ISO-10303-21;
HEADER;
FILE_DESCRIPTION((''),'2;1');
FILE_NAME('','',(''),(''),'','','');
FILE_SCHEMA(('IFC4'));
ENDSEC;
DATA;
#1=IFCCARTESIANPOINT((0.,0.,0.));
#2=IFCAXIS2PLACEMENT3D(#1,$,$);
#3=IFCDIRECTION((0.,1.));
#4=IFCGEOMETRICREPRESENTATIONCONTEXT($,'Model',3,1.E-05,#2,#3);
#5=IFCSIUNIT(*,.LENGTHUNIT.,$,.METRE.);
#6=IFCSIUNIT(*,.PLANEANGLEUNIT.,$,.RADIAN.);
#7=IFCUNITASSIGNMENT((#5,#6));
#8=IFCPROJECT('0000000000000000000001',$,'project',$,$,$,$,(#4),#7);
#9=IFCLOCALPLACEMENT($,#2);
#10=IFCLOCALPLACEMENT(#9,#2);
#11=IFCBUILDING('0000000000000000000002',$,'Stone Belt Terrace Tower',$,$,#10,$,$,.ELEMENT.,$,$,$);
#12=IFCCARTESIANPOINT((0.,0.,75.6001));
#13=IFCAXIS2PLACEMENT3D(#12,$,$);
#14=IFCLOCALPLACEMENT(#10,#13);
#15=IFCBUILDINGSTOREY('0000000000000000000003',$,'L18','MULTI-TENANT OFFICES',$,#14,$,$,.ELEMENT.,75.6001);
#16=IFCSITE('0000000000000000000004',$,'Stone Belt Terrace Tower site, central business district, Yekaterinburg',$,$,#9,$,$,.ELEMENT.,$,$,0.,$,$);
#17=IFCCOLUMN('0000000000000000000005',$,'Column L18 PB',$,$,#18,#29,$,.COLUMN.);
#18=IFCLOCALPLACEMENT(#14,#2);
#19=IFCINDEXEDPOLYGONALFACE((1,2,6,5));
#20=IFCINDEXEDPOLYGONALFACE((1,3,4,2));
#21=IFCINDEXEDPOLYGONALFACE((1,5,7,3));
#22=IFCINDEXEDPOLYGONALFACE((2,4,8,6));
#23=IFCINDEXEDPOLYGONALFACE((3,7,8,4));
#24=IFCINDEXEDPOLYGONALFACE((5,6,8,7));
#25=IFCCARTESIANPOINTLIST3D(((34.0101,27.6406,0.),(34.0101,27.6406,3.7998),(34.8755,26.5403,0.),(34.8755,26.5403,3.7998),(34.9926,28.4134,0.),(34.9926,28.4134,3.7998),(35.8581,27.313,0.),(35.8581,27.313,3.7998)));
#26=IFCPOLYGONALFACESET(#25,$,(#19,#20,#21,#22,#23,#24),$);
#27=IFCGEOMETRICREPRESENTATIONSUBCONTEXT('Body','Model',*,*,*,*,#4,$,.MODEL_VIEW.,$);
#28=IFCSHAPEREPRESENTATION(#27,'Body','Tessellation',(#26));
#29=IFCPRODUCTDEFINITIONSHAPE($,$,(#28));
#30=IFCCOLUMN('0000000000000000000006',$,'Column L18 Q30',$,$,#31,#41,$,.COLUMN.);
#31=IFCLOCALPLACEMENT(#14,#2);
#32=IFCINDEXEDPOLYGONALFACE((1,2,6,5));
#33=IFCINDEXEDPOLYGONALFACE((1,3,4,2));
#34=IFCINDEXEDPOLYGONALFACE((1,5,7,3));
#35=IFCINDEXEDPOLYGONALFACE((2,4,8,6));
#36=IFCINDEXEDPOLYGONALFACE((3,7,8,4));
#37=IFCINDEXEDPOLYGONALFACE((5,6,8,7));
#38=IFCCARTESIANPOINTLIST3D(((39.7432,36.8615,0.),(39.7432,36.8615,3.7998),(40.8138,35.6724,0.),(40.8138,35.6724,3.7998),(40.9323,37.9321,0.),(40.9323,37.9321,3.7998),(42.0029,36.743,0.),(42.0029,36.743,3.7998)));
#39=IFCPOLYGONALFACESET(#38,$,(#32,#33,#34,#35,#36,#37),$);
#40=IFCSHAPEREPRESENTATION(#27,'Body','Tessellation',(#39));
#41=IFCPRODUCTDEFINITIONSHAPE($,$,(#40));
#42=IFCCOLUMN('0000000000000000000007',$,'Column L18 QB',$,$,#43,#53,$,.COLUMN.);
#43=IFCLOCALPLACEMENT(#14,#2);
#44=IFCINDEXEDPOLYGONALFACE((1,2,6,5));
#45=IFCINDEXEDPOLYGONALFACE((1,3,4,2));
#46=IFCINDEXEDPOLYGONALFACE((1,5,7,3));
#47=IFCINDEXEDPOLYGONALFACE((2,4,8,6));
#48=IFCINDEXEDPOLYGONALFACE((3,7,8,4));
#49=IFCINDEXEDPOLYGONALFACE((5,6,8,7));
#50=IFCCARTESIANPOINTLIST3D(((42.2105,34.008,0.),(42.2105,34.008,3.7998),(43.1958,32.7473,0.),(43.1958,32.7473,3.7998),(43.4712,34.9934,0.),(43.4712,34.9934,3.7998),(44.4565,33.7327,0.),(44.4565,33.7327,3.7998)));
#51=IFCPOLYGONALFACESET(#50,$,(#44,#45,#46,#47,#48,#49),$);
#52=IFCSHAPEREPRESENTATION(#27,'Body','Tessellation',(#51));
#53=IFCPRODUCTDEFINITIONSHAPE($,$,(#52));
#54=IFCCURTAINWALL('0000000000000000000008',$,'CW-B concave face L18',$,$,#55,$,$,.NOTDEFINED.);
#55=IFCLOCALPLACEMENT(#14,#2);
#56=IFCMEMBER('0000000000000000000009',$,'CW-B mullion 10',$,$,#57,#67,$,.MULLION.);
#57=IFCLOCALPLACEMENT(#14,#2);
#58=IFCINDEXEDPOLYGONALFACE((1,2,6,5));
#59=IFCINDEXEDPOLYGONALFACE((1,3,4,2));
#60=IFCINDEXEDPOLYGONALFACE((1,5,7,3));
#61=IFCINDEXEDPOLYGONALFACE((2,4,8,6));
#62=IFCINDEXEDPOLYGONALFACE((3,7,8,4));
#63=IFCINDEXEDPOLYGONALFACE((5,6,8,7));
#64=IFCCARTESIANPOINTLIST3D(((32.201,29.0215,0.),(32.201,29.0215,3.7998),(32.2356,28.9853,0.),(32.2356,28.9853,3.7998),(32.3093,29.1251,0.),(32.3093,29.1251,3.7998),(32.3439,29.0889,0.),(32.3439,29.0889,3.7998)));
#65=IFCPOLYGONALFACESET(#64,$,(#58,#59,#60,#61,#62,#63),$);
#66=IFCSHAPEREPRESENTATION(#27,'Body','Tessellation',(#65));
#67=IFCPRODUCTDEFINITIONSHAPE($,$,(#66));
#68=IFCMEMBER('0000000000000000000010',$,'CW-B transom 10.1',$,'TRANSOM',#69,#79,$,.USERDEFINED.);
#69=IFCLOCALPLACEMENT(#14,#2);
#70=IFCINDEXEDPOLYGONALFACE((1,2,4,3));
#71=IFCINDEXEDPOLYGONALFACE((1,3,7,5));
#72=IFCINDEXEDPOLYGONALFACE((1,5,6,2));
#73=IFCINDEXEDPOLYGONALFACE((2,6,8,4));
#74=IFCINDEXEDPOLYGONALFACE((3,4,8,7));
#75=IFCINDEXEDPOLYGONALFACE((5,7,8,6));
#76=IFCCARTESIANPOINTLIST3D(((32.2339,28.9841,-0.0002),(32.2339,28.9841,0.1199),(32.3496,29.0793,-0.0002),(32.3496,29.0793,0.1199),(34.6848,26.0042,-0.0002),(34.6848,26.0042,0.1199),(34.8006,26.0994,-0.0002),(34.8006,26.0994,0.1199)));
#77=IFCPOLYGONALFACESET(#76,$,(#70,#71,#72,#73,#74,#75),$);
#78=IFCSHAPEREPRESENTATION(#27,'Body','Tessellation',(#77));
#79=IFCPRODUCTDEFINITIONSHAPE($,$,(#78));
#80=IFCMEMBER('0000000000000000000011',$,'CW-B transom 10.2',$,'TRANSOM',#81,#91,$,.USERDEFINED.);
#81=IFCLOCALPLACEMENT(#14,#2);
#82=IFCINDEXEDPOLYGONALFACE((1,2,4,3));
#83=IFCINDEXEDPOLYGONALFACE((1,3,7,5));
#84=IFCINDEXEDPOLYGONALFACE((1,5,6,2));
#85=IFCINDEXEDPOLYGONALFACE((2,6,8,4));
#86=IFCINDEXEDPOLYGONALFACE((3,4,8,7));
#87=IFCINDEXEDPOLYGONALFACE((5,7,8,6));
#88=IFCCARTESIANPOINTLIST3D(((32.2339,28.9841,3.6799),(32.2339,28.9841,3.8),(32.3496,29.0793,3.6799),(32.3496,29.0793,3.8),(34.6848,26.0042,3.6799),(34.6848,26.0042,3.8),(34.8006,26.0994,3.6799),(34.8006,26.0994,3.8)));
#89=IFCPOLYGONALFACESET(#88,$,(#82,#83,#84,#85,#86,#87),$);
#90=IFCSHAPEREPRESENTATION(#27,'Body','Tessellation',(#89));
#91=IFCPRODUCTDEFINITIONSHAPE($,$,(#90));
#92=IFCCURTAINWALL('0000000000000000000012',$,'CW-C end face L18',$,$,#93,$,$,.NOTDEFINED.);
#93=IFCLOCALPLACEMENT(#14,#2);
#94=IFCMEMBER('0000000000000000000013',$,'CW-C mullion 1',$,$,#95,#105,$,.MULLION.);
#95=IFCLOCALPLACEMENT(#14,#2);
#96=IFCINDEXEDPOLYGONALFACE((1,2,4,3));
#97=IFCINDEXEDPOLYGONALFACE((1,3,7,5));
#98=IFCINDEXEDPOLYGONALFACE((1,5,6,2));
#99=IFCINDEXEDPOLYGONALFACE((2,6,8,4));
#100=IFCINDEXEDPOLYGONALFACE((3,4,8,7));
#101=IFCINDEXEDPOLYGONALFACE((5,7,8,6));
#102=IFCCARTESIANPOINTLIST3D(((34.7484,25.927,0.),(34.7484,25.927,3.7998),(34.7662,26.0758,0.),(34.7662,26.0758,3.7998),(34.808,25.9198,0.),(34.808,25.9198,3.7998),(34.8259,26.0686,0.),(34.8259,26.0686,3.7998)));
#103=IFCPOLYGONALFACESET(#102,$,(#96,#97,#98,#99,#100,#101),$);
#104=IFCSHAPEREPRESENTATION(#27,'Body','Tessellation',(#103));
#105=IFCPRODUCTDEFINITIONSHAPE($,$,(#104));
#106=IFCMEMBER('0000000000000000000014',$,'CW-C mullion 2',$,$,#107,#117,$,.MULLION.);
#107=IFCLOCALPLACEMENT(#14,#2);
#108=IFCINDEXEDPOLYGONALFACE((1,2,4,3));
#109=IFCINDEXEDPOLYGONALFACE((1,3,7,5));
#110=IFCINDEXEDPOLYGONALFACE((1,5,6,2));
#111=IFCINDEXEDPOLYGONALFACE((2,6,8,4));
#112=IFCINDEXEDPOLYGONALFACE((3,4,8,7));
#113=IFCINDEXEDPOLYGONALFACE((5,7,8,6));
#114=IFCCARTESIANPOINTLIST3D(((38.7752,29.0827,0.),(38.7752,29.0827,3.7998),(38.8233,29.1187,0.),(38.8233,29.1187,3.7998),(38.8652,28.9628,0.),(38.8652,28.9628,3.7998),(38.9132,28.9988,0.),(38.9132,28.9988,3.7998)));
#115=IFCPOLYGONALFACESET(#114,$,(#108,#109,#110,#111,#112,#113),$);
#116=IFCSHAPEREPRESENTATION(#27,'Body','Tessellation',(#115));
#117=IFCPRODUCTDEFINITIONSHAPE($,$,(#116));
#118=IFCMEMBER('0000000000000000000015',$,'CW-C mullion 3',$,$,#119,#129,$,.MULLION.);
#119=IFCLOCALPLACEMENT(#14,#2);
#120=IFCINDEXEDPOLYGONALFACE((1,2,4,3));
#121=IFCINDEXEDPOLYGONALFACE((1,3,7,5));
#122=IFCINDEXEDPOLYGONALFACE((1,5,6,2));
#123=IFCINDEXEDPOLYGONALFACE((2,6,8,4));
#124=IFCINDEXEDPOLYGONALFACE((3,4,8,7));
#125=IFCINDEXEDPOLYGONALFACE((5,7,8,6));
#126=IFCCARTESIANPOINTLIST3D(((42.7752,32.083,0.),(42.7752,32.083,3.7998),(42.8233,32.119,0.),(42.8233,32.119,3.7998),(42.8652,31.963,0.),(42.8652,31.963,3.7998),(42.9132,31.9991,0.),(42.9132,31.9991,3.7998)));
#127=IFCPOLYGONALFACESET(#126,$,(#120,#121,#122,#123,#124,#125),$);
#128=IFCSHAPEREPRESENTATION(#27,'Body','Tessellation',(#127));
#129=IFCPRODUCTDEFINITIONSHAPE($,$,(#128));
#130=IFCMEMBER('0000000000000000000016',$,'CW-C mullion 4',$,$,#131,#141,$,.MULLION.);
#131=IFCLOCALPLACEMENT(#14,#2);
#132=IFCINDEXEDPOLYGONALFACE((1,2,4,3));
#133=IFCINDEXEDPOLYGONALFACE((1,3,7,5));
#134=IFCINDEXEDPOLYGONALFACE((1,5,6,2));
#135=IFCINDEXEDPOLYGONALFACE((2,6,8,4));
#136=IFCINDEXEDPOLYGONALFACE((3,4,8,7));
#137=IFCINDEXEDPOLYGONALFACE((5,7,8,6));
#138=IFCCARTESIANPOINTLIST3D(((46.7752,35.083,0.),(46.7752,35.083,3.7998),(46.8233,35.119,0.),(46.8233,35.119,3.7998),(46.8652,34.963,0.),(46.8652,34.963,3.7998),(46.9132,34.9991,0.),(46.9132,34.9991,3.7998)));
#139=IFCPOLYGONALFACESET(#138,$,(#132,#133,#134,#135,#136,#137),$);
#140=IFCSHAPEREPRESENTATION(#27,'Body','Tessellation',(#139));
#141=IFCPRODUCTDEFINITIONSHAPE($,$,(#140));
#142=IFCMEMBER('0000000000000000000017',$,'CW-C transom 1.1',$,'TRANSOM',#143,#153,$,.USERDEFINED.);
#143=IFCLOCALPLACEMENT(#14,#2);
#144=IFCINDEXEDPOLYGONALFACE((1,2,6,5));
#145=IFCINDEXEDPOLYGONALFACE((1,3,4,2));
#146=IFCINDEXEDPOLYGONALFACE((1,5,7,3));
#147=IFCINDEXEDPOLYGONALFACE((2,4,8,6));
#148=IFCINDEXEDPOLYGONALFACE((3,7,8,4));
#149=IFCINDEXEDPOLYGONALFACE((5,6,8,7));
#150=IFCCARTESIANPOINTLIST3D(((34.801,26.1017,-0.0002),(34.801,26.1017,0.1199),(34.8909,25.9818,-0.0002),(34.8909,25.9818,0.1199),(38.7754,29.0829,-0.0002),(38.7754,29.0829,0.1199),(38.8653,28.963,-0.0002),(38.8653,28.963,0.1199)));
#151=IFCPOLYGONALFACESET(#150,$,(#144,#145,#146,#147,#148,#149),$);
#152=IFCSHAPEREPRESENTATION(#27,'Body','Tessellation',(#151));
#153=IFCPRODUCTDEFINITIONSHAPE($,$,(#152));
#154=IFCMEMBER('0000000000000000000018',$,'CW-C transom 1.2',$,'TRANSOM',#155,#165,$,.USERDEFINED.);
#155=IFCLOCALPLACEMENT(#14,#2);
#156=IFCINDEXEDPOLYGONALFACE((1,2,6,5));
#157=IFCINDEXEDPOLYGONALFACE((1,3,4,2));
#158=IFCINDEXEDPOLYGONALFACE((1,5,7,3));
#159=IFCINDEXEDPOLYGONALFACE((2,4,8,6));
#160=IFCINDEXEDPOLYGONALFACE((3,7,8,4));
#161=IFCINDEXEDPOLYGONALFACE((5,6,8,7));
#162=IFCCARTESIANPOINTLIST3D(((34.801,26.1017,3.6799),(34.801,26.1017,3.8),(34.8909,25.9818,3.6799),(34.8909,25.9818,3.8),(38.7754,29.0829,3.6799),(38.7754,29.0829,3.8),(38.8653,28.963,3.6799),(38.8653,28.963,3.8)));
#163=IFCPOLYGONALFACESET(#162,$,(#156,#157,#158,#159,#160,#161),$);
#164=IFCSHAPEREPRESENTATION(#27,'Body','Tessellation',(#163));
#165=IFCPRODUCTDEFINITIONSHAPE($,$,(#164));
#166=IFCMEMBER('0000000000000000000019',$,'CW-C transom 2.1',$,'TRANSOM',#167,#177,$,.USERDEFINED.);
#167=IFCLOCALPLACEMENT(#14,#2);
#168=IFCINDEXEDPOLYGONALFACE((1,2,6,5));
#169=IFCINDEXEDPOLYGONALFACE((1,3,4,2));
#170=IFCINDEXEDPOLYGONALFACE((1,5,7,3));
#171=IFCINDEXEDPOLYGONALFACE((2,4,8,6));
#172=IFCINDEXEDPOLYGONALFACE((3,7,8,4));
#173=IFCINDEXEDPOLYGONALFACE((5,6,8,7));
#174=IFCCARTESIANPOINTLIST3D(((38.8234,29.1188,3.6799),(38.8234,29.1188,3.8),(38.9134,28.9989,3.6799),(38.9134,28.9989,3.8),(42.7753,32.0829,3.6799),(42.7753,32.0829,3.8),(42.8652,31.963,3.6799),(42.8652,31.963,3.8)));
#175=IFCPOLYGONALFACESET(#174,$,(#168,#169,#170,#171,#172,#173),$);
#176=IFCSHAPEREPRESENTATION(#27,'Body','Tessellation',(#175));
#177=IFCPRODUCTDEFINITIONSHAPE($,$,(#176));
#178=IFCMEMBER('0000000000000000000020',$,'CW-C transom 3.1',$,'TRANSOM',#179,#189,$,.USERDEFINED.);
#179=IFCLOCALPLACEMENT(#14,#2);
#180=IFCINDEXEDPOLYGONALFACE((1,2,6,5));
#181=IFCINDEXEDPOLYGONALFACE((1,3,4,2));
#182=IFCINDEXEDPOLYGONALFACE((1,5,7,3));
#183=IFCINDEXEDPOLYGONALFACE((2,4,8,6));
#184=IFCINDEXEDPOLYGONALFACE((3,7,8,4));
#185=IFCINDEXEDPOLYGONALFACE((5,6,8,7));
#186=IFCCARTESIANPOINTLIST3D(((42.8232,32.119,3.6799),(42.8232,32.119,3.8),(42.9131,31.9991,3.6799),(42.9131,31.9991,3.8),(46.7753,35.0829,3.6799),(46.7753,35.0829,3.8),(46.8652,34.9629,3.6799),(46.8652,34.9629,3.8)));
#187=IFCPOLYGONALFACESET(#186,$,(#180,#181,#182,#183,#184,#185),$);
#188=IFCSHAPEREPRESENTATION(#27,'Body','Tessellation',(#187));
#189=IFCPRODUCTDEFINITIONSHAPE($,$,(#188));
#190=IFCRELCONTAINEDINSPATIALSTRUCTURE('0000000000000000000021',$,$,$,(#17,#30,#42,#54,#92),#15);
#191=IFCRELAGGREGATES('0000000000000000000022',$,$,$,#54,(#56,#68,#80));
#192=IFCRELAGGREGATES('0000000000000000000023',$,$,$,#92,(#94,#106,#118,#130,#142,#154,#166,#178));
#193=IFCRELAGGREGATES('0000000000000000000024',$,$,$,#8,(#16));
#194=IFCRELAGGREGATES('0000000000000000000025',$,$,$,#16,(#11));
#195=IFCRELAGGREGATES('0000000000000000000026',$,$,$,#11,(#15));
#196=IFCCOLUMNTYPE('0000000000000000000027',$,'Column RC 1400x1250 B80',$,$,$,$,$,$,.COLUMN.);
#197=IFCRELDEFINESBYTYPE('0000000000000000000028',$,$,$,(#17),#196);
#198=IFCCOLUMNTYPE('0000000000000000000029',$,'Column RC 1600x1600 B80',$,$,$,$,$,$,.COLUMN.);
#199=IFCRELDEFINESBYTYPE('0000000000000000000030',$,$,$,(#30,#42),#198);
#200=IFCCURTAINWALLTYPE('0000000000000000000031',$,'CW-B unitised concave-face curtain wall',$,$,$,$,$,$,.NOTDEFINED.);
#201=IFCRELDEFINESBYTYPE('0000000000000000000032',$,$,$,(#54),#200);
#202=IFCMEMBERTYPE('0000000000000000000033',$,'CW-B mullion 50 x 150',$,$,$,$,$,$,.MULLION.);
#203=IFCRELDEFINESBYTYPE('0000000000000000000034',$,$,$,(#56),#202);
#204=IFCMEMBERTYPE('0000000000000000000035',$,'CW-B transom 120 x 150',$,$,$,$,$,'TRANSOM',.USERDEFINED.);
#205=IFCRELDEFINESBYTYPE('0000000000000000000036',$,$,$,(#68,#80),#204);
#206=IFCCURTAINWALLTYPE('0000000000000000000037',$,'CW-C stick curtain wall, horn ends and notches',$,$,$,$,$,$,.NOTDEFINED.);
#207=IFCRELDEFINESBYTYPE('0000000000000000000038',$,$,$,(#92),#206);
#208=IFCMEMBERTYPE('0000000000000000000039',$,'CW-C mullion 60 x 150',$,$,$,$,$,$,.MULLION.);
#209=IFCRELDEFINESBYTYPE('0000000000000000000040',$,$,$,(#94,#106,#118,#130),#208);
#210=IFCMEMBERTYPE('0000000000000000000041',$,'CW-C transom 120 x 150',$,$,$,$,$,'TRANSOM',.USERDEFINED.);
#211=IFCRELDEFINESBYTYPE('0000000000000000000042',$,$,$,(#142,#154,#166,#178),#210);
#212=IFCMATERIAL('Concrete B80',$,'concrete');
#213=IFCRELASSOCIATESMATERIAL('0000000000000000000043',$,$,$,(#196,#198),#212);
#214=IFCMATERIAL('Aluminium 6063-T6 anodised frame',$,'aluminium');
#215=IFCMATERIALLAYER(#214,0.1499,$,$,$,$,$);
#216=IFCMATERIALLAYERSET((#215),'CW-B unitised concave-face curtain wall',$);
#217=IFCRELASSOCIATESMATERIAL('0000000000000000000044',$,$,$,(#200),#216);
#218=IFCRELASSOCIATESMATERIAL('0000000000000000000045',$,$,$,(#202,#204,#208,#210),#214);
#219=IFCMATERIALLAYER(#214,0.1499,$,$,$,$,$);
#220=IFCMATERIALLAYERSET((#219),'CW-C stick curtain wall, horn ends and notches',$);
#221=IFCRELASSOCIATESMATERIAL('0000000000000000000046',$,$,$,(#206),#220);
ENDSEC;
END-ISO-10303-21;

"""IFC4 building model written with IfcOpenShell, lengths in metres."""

from ifc_helpers import new_model, si_unit, direction, frame, origin, origin_2d, place, context, subcontext, project, spatial, rectangle, extrude, material, layer, layer_set, material_profile, profile_set, type_object, element, aggregate, save


model = new_model("IFC4")

# Units and contexts
model_context = context("Model", 3, precision=1e-05, world=origin(), true_north=direction((0.0, 1.0)))
body_context = subcontext(model_context, "Body", "Model", "MODEL_VIEW")
ifc_project = project(units=[si_unit("LENGTHUNIT", "METRE"), si_unit("PLANEANGLEUNIT", "RADIAN")], contexts=[model_context])

# Site, building, storey
site_placement = place(None, origin())
site = spatial("IfcSite", under=ifc_project, at=site_placement, Name="Stone Belt Terrace Tower site, central business district, Yekaterinburg", CompositionType="ELEMENT", RefElevation=0.0)
building_placement = place(site_placement, origin())
building = spatial("IfcBuilding", under=site, at=building_placement, Name="Stone Belt Terrace Tower", CompositionType="ELEMENT")
storey_placement = place(building_placement, frame((0.0, 0.0, 75.6001)))
storey = spatial("IfcBuildingStorey", under=building, at=storey_placement, Name="L18", Description="MULTI-TENANT OFFICES", CompositionType="ELEMENT", Elevation=75.6001)

# Columns
ifc_material_1 = material(Name="Concrete B80", Category="concrete")
ifc_material_profile_1 = material_profile(ifc_material_1, rectangle(XDim=1.3999, YDim=1.25, at=origin_2d()), Name="RC 1400x1250")
ifc_profile_set_1 = profile_set([ifc_material_profile_1], Name="Concrete B80")
column_type_1 = type_object("IfcColumnType", Name="Column RC 1400x1250 B80", PredefinedType="COLUMN", material=ifc_profile_set_1)
column_placement = place(storey_placement, frame((34.9341, 27.4768, 0.0), z_axis=(0.0, 0.0, 1.0), x_axis=(0.618218, -0.786007, 0.0)))
element("IfcColumn", 1, at=column_placement, inside=storey, type_object=column_type_1, Name="Column L18 PB", PredefinedType="COLUMN", context=body_context, shape_type="SweptSolid", body=[
    extrude(rectangle(XDim=1.3999, YDim=1.25, at=origin_2d()), origin(), (0.0, 0.0, 1.0), 3.7998),
])
ifc_material_profile_2 = material_profile(ifc_material_1, rectangle(XDim=1.6001, YDim=1.6001, at=origin_2d()), Name="RC 1600x1600")
ifc_profile_set_2 = profile_set([ifc_material_profile_2], Name="Concrete B80")
column_type_2 = type_object("IfcColumnType", Name="Column RC 1600x1600 B80", PredefinedType="COLUMN", material=ifc_profile_set_2)
for number, where, z_axis, x_axis, name in (
    (2, (40.873, 36.8022, 0.0), (0.0, 0.0, 1.0), (0.669131, -0.743145, 0.0), "Column L18 Q30"),
    (3, (43.3335, 33.8704, 0.0), (0.0, 0.0, 1.0), (0.615825, -0.787883, 0.0), "Column L18 QB"),
):
    element("IfcColumn", number, at=place(storey_placement, frame(where, z_axis=z_axis, x_axis=x_axis)), inside=storey, type_object=column_type_2, Name=name, PredefinedType="COLUMN", context=body_context, shape_type="SweptSolid", body=[
        extrude(rectangle(XDim=1.6001, YDim=1.6001, at=origin_2d()), origin(), (0.0, 0.0, 1.0), 3.7998),
    ])

# Curtain walls, members
ifc_material_2 = material(Name="Aluminium 6063-T6 anodised frame", Category="aluminium")
ifc_layer_1 = layer(ifc_material_2, 0.1499)
ifc_layer_set_1 = layer_set([ifc_layer_1], Name="CW-B unitised concave-face curtain wall")
curtain_wall_type_1 = type_object("IfcCurtainWallType", Name="CW-B unitised concave-face curtain wall", PredefinedType="NOTDEFINED", material=ifc_layer_set_1)
curtain_wall_1_placement = place(storey_placement, origin())
curtain_wall_1 = element("IfcCurtainWall", 4, at=curtain_wall_1_placement, inside=storey, type_object=curtain_wall_type_1, Name="CW-B concave face L18", PredefinedType="NOTDEFINED")
ifc_material_profile_3 = material_profile(ifc_material_2, rectangle(XDim=0.1499, YDim=0.05, at=origin_2d()), Name="Aluminium 6063-T6 50x150")
ifc_profile_set_3 = profile_set([ifc_material_profile_3], Name="Aluminium 6063-T6 anodised frame")
member_type_1 = type_object("IfcMemberType", Name="CW-B mullion 50 x 150", PredefinedType="MULLION", material=ifc_profile_set_3)
member_1_placement = place(storey_placement, frame((32.2725, 29.0552, 0.0), z_axis=(0.0, 0.0, 1.0), x_axis=(0.722753, 0.691107, 0.0)))
member_1 = element("IfcMember", 5, at=member_1_placement, type_object=member_type_1, Name="CW-B mullion 10", PredefinedType="MULLION", context=body_context, shape_type="SweptSolid", body=[
    extrude(rectangle(XDim=0.1499, YDim=0.05, at=origin_2d()), origin(), (0.0, 0.0, 1.0), 3.7998),
])
ifc_material_profile_4 = material_profile(ifc_material_2, rectangle(XDim=0.1499, YDim=0.1201, at=origin_2d()), Name="Aluminium 6063-T6 150x120")
ifc_profile_set_4 = profile_set([ifc_material_profile_4], Name="Aluminium 6063-T6 anodised frame")
member_type_2 = type_object("IfcMemberType", Name="CW-B transom 120 x 150", ElementType="TRANSOM", PredefinedType="USERDEFINED", material=ifc_profile_set_4)
member_2_placement = place(storey_placement, frame((32.2917, 29.0317, 0.0598), z_axis=(0.635217, -0.772334, 0.0), x_axis=(0.772334, 0.635217, 0.0)))
member_2 = element("IfcMember", 6, at=member_2_placement, type_object=member_type_2, Name="CW-B transom 10.1", ObjectType="TRANSOM", PredefinedType="USERDEFINED", context=body_context, shape_type="SweptSolid", body=[
    extrude(rectangle(XDim=0.1499, YDim=0.1201, at=origin_2d()), origin(), (0.0, 0.0, 1.0), 3.8584),
])
member_3_placement = place(storey_placement, frame((32.2917, 29.0317, 3.74), z_axis=(0.635217, -0.772334, 0.0), x_axis=(0.772334, 0.635217, 0.0)))
member_3 = element("IfcMember", 7, at=member_3_placement, type_object=member_type_2, Name="CW-B transom 10.2", ObjectType="TRANSOM", PredefinedType="USERDEFINED", context=body_context, shape_type="SweptSolid", body=[
    extrude(rectangle(XDim=0.1499, YDim=0.1201, at=origin_2d()), origin(), (0.0, 0.0, 1.0), 3.8584),
])
ifc_layer_2 = layer(ifc_material_2, 0.1499)
ifc_layer_set_2 = layer_set([ifc_layer_2], Name="CW-C stick curtain wall, horn ends and notches")
curtain_wall_type_2 = type_object("IfcCurtainWallType", Name="CW-C stick curtain wall, horn ends and notches", PredefinedType="NOTDEFINED", material=ifc_layer_set_2)
curtain_wall_2_placement = place(storey_placement, origin())
curtain_wall_2 = element("IfcCurtainWall", 8, at=curtain_wall_2_placement, inside=storey, type_object=curtain_wall_type_2, Name="CW-C end face L18", PredefinedType="NOTDEFINED")
ifc_material_profile_5 = material_profile(ifc_material_2, rectangle(XDim=0.1499, YDim=0.0601, at=origin_2d()), Name="Aluminium 6063-T6 60x150")
ifc_profile_set_5 = profile_set([ifc_material_profile_5], Name="Aluminium 6063-T6 anodised frame")
member_type_3 = type_object("IfcMemberType", Name="CW-C mullion 60 x 150", PredefinedType="MULLION", material=ifc_profile_set_5)
member_4_placement = place(storey_placement, frame((34.7871, 25.9978, 0.0), z_axis=(0.0, 0.0, 1.0), x_axis=(0.119212, 0.992869, 0.0)))
member_4 = element("IfcMember", 9, at=member_4_placement, type_object=member_type_3, Name="CW-C mullion 1", PredefinedType="MULLION", context=body_context, shape_type="SweptSolid", body=[
    extrude(rectangle(XDim=0.1499, YDim=0.0601, at=origin_2d()), origin(), (0.0, 0.0, 1.0), 3.7998),
])
member_5_placement = place(storey_placement, frame((38.8442, 29.0408, 0.0), z_axis=(0.0, 0.0, 1.0), x_axis=(-0.600018, 0.799987, 0.0)))
member_5 = element("IfcMember", 10, at=member_5_placement, type_object=member_type_3, Name="CW-C mullion 2", PredefinedType="MULLION", context=body_context, shape_type="SweptSolid", body=[
    extrude(rectangle(XDim=0.1499, YDim=0.0601, at=origin_2d()), origin(), (0.0, 0.0, 1.0), 3.7998),
])
member_6_placement = place(storey_placement, frame((42.8442, 32.041, 0.0), z_axis=(0.0, 0.0, 1.0), x_axis=(-0.600018, 0.799987, 0.0)))
member_6 = element("IfcMember", 11, at=member_6_placement, type_object=member_type_3, Name="CW-C mullion 3", PredefinedType="MULLION", context=body_context, shape_type="SweptSolid", body=[
    extrude(rectangle(XDim=0.1499, YDim=0.0601, at=origin_2d()), origin(), (0.0, 0.0, 1.0), 3.7998),
])
member_7_placement = place(storey_placement, frame((46.8442, 35.041, 0.0), z_axis=(0.0, 0.0, 1.0), x_axis=(-0.600018, 0.799987, 0.0)))
member_7 = element("IfcMember", 12, at=member_7_placement, type_object=member_type_3, Name="CW-C mullion 4", PredefinedType="MULLION", context=body_context, shape_type="SweptSolid", body=[
    extrude(rectangle(XDim=0.1499, YDim=0.0601, at=origin_2d()), origin(), (0.0, 0.0, 1.0), 3.7998),
])
ifc_material_profile_6 = material_profile(ifc_material_2, rectangle(XDim=0.1499, YDim=0.1201, at=origin_2d()), Name="Aluminium 6063-T6 150x120")
ifc_profile_set_6 = profile_set([ifc_material_profile_6], Name="Aluminium 6063-T6 anodised frame")
member_type_4 = type_object("IfcMemberType", Name="CW-C transom 120 x 150", ElementType="TRANSOM", PredefinedType="USERDEFINED", material=ifc_profile_set_6)
member_8_placement = place(storey_placement, frame((34.8459, 26.0417, 0.0598), z_axis=(0.799959, 0.600055, 0.0), x_axis=(-0.600055, 0.799959, 0.0)))
member_8 = element("IfcMember", 13, at=member_8_placement, type_object=member_type_4, Name="CW-C transom 1.1", ObjectType="TRANSOM", PredefinedType="USERDEFINED", context=body_context, shape_type="SweptSolid", body=[
    extrude(rectangle(XDim=0.1499, YDim=0.1201, at=origin_2d()), origin(), (0.0, 0.0, 1.0), 4.9683),
])
member_9_placement = place(storey_placement, frame((34.8459, 26.0417, 3.74), z_axis=(0.799959, 0.600055, 0.0), x_axis=(-0.600055, 0.799959, 0.0)))
member_9 = element("IfcMember", 14, at=member_9_placement, type_object=member_type_4, Name="CW-C transom 1.2", ObjectType="TRANSOM", PredefinedType="USERDEFINED", context=body_context, shape_type="SweptSolid", body=[
    extrude(rectangle(XDim=0.1499, YDim=0.1201, at=origin_2d()), origin(), (0.0, 0.0, 1.0), 4.9683),
])
member_10_placement = place(storey_placement, frame((38.8684, 29.0588, 3.74), z_axis=(0.799982, 0.600024, 0.0), x_axis=(-0.600024, 0.799982, 0.0)))
member_10 = element("IfcMember", 15, at=member_10_placement, type_object=member_type_4, Name="CW-C transom 2.1", ObjectType="TRANSOM", PredefinedType="USERDEFINED", context=body_context, shape_type="SweptSolid", body=[
    extrude(rectangle(XDim=0.1499, YDim=0.1201, at=origin_2d()), origin(), (0.0, 0.0, 1.0), 4.9399),
])
member_11_placement = place(storey_placement, frame((42.8682, 32.0591, 3.74), z_axis=(0.800024, 0.599968, 0.0), x_axis=(-0.599968, 0.800024, 0.0)))
member_11 = element("IfcMember", 16, at=member_11_placement, type_object=member_type_4, Name="CW-C transom 3.1", ObjectType="TRANSOM", PredefinedType="USERDEFINED", context=body_context, shape_type="SweptSolid", body=[
    extrude(rectangle(XDim=0.1499, YDim=0.1201, at=origin_2d()), origin(), (0.0, 0.0, 1.0), 4.9399),
])

aggregate(curtain_wall_1, [member_1, member_2, member_3])
aggregate(curtain_wall_2, [member_4, member_5, member_6, member_7, member_8, member_9, member_10, member_11])

save(model, "model.ifc")
